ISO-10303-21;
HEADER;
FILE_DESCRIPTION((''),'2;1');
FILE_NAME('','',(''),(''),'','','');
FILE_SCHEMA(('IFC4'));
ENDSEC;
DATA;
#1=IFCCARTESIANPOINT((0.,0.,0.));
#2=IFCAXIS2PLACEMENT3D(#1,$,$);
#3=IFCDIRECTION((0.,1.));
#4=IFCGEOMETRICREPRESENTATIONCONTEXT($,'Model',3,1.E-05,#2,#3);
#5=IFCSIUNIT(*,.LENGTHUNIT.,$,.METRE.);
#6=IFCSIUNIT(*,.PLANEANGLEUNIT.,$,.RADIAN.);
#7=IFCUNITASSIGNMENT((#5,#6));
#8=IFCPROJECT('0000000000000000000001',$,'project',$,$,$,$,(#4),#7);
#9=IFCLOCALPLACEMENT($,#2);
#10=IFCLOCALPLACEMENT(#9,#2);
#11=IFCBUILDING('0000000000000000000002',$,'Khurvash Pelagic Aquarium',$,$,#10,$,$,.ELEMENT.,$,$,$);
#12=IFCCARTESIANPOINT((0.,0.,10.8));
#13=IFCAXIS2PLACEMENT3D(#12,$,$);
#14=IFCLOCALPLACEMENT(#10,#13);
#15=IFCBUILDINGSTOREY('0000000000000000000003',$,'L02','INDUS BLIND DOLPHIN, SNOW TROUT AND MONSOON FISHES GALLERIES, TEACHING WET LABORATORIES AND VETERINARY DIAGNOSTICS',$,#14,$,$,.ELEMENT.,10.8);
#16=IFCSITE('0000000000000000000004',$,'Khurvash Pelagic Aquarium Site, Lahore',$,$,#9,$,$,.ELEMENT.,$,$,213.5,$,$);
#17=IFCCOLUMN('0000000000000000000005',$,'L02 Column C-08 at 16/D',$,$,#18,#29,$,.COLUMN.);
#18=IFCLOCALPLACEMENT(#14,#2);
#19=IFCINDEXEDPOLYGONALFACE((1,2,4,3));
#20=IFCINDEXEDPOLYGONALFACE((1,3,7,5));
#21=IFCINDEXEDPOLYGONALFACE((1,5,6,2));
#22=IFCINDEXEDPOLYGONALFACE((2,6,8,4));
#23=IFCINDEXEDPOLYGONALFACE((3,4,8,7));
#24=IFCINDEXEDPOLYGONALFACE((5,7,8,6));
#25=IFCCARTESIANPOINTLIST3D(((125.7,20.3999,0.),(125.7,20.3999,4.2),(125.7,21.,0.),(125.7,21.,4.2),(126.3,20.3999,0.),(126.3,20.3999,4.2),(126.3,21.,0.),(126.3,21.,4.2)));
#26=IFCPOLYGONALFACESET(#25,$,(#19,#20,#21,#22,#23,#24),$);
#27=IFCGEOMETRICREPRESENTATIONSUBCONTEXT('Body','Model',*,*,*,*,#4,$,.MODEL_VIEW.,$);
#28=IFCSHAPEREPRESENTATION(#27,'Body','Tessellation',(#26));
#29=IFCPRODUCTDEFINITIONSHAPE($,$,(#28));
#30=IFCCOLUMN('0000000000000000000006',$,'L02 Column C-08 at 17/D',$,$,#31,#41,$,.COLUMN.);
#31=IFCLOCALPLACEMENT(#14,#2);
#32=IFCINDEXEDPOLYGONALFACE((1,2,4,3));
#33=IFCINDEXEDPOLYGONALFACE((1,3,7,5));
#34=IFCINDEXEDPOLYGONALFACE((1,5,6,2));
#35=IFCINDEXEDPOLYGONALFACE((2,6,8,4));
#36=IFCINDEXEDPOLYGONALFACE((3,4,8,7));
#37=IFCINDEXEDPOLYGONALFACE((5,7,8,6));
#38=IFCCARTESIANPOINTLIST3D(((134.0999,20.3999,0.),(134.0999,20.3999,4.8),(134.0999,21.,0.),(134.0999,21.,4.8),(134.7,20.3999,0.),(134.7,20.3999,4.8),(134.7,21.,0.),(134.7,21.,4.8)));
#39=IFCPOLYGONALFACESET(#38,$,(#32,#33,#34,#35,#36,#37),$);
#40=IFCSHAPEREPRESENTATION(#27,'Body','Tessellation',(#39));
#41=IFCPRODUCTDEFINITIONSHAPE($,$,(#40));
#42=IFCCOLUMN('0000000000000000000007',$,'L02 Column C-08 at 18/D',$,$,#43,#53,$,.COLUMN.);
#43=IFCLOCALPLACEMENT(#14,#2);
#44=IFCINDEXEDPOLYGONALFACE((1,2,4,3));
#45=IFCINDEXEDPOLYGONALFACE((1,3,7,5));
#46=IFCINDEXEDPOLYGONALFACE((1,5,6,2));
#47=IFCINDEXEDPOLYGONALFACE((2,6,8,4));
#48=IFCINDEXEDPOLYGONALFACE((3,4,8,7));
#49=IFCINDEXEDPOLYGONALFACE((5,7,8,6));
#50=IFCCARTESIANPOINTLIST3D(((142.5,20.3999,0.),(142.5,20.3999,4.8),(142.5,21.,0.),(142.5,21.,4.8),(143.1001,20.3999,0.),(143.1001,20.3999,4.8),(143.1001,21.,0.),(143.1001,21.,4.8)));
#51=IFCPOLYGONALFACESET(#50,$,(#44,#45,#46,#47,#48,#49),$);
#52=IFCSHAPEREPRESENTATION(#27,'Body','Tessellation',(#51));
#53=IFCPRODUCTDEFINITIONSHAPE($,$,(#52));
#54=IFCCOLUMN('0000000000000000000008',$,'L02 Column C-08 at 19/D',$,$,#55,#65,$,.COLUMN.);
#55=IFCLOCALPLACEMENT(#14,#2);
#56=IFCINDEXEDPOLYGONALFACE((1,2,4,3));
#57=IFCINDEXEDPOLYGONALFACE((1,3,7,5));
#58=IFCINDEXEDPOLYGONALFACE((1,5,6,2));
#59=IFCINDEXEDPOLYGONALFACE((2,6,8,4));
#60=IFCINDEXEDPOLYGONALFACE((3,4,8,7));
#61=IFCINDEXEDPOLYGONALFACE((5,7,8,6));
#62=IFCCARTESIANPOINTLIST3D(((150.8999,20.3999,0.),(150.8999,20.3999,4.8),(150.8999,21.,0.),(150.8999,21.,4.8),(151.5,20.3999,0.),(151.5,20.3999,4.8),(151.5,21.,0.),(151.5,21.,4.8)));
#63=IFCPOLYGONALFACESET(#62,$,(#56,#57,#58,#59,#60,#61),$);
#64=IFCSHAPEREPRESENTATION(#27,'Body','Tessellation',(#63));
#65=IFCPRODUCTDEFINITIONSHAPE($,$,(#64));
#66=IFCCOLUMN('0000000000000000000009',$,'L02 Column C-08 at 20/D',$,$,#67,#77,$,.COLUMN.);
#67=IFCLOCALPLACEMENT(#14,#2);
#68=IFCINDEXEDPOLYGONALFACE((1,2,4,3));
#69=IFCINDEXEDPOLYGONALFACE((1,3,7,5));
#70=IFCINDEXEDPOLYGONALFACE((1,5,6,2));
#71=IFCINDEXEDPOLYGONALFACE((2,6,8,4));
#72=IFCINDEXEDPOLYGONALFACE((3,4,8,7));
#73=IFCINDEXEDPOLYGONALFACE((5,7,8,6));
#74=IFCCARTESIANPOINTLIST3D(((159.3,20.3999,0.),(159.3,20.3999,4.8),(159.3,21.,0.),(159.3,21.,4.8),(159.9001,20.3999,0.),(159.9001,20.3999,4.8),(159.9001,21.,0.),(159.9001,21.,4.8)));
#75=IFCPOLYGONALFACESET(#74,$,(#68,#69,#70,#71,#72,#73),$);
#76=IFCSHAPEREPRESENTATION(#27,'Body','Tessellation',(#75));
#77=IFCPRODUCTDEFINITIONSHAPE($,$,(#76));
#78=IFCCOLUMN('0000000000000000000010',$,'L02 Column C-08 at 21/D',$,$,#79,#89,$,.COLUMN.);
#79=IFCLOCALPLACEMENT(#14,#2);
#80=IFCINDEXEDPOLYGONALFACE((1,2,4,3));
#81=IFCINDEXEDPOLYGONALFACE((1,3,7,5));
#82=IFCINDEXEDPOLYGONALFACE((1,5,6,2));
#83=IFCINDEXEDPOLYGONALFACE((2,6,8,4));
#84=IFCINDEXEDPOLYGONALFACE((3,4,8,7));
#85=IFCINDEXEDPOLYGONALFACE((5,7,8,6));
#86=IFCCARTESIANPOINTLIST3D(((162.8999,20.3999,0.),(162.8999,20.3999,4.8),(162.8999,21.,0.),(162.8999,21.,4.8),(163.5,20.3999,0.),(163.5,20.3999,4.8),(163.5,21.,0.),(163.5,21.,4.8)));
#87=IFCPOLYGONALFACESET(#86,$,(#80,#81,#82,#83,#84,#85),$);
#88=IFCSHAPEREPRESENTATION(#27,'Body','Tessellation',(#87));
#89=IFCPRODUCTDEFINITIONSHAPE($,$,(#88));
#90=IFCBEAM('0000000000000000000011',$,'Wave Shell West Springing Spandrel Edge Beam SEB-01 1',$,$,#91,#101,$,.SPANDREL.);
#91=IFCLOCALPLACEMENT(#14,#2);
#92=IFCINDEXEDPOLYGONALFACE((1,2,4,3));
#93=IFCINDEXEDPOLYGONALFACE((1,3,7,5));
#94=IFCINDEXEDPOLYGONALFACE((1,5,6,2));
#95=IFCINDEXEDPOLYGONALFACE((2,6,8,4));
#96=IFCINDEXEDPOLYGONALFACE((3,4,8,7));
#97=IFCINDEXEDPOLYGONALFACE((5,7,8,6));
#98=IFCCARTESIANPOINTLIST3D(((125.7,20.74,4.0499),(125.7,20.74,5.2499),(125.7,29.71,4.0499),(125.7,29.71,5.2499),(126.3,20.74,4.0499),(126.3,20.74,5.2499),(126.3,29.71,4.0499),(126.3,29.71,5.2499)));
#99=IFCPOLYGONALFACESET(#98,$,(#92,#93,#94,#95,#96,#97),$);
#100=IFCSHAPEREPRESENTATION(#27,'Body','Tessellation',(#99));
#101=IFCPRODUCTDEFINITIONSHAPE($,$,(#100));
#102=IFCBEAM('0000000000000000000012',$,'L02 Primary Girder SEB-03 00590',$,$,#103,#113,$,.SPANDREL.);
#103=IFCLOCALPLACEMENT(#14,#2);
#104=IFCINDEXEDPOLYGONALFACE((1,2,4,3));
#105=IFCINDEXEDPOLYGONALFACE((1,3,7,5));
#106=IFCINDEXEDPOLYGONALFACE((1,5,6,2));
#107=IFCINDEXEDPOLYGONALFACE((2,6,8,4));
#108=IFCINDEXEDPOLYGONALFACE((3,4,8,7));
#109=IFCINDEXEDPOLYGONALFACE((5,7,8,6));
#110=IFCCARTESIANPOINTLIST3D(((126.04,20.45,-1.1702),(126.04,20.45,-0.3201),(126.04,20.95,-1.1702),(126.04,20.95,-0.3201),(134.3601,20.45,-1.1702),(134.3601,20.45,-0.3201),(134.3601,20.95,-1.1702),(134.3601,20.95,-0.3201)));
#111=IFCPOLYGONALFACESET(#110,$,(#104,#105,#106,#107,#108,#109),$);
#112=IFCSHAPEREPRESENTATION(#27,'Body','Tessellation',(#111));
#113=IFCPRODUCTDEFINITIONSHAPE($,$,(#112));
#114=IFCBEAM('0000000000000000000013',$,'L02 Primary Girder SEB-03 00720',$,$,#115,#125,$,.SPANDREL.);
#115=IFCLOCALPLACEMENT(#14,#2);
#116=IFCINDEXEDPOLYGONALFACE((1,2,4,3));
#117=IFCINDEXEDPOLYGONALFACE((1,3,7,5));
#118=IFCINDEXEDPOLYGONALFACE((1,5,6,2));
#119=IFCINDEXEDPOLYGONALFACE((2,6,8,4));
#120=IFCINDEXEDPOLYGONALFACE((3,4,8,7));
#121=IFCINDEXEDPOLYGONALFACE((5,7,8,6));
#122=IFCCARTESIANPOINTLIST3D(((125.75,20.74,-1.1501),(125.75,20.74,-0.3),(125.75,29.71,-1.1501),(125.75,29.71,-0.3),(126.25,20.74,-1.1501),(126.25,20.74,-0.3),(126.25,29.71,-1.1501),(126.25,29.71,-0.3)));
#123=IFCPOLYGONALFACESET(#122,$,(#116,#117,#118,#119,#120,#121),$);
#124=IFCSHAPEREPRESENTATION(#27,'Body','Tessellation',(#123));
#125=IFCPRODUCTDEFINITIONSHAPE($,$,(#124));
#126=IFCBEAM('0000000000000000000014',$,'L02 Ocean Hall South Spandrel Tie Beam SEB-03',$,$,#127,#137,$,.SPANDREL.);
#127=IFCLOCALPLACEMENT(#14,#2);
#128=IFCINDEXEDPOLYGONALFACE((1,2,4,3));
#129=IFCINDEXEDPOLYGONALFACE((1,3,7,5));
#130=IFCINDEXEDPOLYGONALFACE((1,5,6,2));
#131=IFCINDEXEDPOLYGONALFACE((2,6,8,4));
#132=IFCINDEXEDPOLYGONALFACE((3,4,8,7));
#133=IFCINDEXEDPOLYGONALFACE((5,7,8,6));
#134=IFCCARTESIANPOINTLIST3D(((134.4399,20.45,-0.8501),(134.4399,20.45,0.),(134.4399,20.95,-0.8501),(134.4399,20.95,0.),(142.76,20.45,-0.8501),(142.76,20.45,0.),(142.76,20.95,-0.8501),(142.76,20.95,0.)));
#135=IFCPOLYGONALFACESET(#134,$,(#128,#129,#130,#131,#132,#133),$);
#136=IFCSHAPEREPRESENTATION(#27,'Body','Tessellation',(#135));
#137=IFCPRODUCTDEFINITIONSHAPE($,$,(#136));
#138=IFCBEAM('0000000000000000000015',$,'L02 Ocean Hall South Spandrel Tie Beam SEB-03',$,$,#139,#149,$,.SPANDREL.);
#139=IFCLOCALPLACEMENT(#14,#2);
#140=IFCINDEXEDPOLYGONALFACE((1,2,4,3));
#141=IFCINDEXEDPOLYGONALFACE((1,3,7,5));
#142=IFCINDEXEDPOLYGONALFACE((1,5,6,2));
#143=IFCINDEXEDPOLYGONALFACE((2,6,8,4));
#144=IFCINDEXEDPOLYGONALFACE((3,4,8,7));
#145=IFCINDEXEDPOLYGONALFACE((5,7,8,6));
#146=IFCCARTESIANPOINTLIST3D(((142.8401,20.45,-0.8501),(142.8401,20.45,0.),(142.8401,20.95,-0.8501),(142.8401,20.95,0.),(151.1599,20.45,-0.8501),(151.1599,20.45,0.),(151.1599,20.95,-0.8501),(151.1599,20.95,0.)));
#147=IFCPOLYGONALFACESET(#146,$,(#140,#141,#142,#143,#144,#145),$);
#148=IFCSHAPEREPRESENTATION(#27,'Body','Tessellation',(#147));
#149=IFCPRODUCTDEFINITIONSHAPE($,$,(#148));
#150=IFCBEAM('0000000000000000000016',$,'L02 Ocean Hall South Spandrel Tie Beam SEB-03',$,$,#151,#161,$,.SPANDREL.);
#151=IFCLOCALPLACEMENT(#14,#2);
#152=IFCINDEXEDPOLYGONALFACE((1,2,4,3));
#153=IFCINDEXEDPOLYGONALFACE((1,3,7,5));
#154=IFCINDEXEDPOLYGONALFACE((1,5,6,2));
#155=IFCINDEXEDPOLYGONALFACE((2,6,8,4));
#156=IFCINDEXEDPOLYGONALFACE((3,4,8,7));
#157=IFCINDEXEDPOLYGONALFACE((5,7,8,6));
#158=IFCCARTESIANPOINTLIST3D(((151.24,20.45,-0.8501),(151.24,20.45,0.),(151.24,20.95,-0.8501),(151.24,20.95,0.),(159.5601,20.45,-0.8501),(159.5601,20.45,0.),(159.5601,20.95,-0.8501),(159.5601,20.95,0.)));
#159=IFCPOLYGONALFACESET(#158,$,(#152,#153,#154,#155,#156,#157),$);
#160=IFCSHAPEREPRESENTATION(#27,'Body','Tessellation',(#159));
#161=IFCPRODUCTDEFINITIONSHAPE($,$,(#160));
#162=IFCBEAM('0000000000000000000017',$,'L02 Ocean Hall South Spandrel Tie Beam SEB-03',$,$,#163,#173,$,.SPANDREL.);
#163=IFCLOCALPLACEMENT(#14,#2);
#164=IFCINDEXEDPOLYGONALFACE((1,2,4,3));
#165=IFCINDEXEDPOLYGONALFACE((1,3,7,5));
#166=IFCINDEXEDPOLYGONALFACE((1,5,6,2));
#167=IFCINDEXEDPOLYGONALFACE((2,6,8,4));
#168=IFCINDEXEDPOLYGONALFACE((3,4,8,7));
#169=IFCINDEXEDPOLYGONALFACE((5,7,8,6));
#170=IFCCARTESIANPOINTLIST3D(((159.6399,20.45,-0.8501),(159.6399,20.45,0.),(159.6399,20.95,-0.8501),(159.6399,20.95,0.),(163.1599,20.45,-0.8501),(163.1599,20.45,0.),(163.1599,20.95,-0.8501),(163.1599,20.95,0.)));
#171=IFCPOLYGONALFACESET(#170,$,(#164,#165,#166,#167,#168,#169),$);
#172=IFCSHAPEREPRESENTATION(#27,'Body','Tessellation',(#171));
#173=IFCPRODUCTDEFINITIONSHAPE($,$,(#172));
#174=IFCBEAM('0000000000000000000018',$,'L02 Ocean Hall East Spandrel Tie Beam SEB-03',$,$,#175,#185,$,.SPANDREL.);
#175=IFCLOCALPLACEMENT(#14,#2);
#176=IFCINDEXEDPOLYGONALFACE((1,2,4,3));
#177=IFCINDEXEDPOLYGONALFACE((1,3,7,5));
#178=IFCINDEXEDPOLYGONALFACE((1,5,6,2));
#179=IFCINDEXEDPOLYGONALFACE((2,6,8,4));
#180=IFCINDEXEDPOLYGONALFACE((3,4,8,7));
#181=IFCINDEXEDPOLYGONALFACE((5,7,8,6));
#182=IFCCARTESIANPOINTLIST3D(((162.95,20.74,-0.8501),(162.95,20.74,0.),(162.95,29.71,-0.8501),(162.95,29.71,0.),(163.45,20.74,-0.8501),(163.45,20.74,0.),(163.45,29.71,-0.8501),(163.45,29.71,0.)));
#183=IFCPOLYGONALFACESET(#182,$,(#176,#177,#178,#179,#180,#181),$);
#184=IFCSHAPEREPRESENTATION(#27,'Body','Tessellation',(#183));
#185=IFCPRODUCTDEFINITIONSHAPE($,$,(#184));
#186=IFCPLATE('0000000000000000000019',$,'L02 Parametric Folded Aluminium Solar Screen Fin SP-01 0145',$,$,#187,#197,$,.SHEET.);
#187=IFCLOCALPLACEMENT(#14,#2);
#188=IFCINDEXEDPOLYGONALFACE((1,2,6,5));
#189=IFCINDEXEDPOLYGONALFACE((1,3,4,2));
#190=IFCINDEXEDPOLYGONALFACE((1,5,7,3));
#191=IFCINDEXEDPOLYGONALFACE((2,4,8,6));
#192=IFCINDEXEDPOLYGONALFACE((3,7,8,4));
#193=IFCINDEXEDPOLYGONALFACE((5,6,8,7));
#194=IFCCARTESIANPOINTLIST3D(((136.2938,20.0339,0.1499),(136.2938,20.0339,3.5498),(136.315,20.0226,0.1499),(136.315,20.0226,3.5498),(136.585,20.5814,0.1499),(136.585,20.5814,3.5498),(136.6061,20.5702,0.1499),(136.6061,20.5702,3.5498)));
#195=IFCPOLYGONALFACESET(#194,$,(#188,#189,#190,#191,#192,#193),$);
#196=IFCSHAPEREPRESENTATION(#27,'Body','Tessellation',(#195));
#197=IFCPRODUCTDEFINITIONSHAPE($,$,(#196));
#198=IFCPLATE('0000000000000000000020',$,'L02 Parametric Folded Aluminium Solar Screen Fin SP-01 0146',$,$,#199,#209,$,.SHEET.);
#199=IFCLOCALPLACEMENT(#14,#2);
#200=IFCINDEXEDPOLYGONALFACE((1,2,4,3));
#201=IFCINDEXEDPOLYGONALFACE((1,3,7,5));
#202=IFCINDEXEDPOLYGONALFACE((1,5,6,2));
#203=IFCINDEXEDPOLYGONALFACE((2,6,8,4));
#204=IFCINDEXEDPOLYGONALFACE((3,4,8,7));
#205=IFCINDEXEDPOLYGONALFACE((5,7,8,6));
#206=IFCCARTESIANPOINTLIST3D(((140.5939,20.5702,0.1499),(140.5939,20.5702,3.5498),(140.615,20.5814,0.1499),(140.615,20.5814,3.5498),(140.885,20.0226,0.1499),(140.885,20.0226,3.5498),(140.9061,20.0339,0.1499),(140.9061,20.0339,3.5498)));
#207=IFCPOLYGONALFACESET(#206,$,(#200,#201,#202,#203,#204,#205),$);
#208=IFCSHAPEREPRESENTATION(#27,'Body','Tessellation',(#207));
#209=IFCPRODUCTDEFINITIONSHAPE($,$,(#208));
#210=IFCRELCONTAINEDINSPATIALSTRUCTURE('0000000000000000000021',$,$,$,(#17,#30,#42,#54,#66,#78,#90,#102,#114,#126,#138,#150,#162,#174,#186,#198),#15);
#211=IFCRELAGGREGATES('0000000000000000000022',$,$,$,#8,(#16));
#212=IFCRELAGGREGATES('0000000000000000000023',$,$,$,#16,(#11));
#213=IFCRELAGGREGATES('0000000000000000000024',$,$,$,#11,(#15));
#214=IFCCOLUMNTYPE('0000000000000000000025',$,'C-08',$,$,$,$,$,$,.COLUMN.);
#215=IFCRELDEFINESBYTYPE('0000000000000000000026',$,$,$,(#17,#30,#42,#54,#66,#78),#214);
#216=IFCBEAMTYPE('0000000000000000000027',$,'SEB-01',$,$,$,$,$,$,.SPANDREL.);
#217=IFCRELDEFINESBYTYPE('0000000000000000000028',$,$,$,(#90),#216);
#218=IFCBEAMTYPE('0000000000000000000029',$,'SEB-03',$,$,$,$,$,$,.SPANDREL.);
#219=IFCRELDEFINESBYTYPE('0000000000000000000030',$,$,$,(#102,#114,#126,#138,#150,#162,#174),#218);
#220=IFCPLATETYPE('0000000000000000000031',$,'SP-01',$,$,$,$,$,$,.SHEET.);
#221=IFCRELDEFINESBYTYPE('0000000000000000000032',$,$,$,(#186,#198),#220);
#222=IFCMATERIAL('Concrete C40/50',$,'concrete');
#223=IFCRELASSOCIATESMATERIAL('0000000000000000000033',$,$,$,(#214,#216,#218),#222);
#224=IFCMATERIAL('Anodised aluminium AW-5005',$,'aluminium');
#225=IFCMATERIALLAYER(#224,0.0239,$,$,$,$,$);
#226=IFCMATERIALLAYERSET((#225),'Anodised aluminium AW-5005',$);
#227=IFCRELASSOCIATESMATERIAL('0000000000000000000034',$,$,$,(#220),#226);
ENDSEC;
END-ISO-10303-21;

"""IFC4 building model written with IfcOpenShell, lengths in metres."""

from ifc_helpers import new_model, si_unit, direction, frame, origin, origin_2d, place, context, subcontext, project, spatial, rectangle, extrude, material, layer, layer_set, material_profile, profile_set, type_object, element, save


model = new_model("IFC4")

# Units and contexts
model_context = context("Model", 3, precision=1e-05, world=origin(), true_north=direction((0.0, 1.0)))
body_context = subcontext(model_context, "Body", "Model", "MODEL_VIEW")
ifc_project = project(units=[si_unit("LENGTHUNIT", "METRE"), si_unit("PLANEANGLEUNIT", "RADIAN")], contexts=[model_context])

# Site, building, storey
site_placement = place(None, origin())
site = spatial("IfcSite", under=ifc_project, at=site_placement, Name="Khurvash Pelagic Aquarium Site, Lahore", CompositionType="ELEMENT", RefElevation=213.5)
building_placement = place(site_placement, origin())
building = spatial("IfcBuilding", under=site, at=building_placement, Name="Khurvash Pelagic Aquarium", CompositionType="ELEMENT")
storey_placement = place(building_placement, frame((0.0, 0.0, 10.8)))
storey = spatial("IfcBuildingStorey", under=building, at=storey_placement, Name="L02", Description="INDUS BLIND DOLPHIN, SNOW TROUT AND MONSOON FISHES GALLERIES, TEACHING WET LABORATORIES AND VETERINARY DIAGNOSTICS", CompositionType="ELEMENT", Elevation=10.8)

# Columns
ifc_material_1 = material(Name="Concrete C40/50", Category="concrete")
ifc_material_profile_1 = material_profile(ifc_material_1, rectangle(XDim=0.6001, YDim=0.6001, at=origin_2d()), Name="RC600X600")
ifc_profile_set_1 = profile_set([ifc_material_profile_1], Name="Concrete C40/50")
column_type = type_object("IfcColumnType", Name="C-08", PredefinedType="COLUMN", material=ifc_profile_set_1)
column_placement = place(storey_placement, frame((126.0, 20.7, 0.0), z_axis=(0.0, 0.0, 1.0), x_axis=(1.0, 0.0, 0.0)))
element("IfcColumn", 1, at=column_placement, inside=storey, type_object=column_type, Name="L02 Column C-08 at 16/D", PredefinedType="COLUMN", context=body_context, shape_type="SweptSolid", body=[
    extrude(rectangle(XDim=0.6001, YDim=0.6001, at=origin_2d()), origin(), (0.0, 0.0, 1.0), 4.2),
])
for number, where, z_axis, x_axis, name in (
    (2, (134.3999, 20.7, 0.0), (0.0, 0.0, 1.0), (1.0, 0.0, 0.0), "L02 Column C-08 at 17/D"),
    (3, (142.8, 20.7, 0.0), (0.0, 0.0, 1.0), (1.0, 0.0, 0.0), "L02 Column C-08 at 18/D"),
    (4, (151.2, 20.7, 0.0), (0.0, 0.0, 1.0), (1.0, 0.0, 0.0), "L02 Column C-08 at 19/D"),
    (5, (159.6001, 20.7, 0.0), (0.0, 0.0, 1.0), (1.0, 0.0, 0.0), "L02 Column C-08 at 20/D"),
    (6, (163.2, 20.7, 0.0), (0.0, 0.0, 1.0), (1.0, 0.0, 0.0), "L02 Column C-08 at 21/D"),
):
    element("IfcColumn", number, at=place(storey_placement, frame(where, z_axis=z_axis, x_axis=x_axis)), inside=storey, type_object=column_type, Name=name, PredefinedType="COLUMN", context=body_context, shape_type="SweptSolid", body=[
        extrude(rectangle(XDim=0.6001, YDim=0.6001, at=origin_2d()), origin(), (0.0, 0.0, 1.0), 4.8),
    ])

# Beams
ifc_material_profile_2 = material_profile(ifc_material_1, rectangle(XDim=0.6001, YDim=1.2, at=origin_2d()), Name="RC600X1200")
ifc_profile_set_2 = profile_set([ifc_material_profile_2], Name="Concrete C40/50")
beam_type_1 = type_object("IfcBeamType", Name="SEB-01", PredefinedType="SPANDREL", material=ifc_profile_set_2)
beam_1_placement = place(storey_placement, frame((126.0, 20.74, 4.6499), z_axis=(0.0, 1.0, 0.0), x_axis=(-1.0, 0.0, 0.0)))
element("IfcBeam", 7, at=beam_1_placement, inside=storey, type_object=beam_type_1, Name="Wave Shell West Springing Spandrel Edge Beam SEB-01 1", PredefinedType="SPANDREL", context=body_context, shape_type="SweptSolid", body=[
    extrude(rectangle(XDim=0.6001, YDim=1.2, at=origin_2d()), origin(), (0.0, 0.0, 1.0), 8.97),
])
ifc_material_profile_3 = material_profile(ifc_material_1, rectangle(XDim=0.5, YDim=0.8501, at=origin_2d()), Name="RC500X850")
ifc_profile_set_3 = profile_set([ifc_material_profile_3], Name="Concrete C40/50")
beam_type_2 = type_object("IfcBeamType", Name="SEB-03", PredefinedType="SPANDREL", material=ifc_profile_set_3)
beam_2_placement = place(storey_placement, frame((126.04, 20.7, -0.7451), z_axis=(1.0, 0.0, 0.0), x_axis=(0.0, 1.0, 0.0)))
element("IfcBeam", 8, at=beam_2_placement, inside=storey, type_object=beam_type_2, Name="L02 Primary Girder SEB-03 00590", PredefinedType="SPANDREL", context=body_context, shape_type="SweptSolid", body=[
    extrude(rectangle(XDim=0.5, YDim=0.8501, at=origin_2d()), origin(), (0.0, 0.0, 1.0), 8.3201),
])
beam_3_placement = place(storey_placement, frame((126.0, 20.74, -0.7251), z_axis=(0.0, 1.0, 0.0), x_axis=(-1.0, 0.0, 0.0)))
element("IfcBeam", 9, at=beam_3_placement, inside=storey, type_object=beam_type_2, Name="L02 Primary Girder SEB-03 00720", PredefinedType="SPANDREL", context=body_context, shape_type="SweptSolid", body=[
    extrude(rectangle(XDim=0.5, YDim=0.8501, at=origin_2d()), origin(), (0.0, 0.0, 1.0), 8.97),
])
beam_4_placement = place(storey_placement, frame((134.4399, 20.7, -0.425), z_axis=(1.0, 0.0, 0.0), x_axis=(0.0, 1.0, 0.0)))
element("IfcBeam", 10, at=beam_4_placement, inside=storey, type_object=beam_type_2, Name="L02 Ocean Hall South Spandrel Tie Beam SEB-03", PredefinedType="SPANDREL", context=body_context, shape_type="SweptSolid", body=[
    extrude(rectangle(XDim=0.5, YDim=0.8501, at=origin_2d()), origin(), (0.0, 0.0, 1.0), 8.3201),
])
beam_5_placement = place(storey_placement, frame((142.8401, 20.7, -0.425), z_axis=(1.0, 0.0, 0.0), x_axis=(0.0, 1.0, 0.0)))
element("IfcBeam", 11, at=beam_5_placement, inside=storey, type_object=beam_type_2, Name="L02 Ocean Hall South Spandrel Tie Beam SEB-03", PredefinedType="SPANDREL", context=body_context, shape_type="SweptSolid", body=[
    extrude(rectangle(XDim=0.5, YDim=0.8501, at=origin_2d()), origin(), (0.0, 0.0, 1.0), 8.3198),
])
beam_6_placement = place(storey_placement, frame((151.24, 20.7, -0.425), z_axis=(1.0, 0.0, 0.0), x_axis=(0.0, 1.0, 0.0)))
element("IfcBeam", 12, at=beam_6_placement, inside=storey, type_object=beam_type_2, Name="L02 Ocean Hall South Spandrel Tie Beam SEB-03", PredefinedType="SPANDREL", context=body_context, shape_type="SweptSolid", body=[
    extrude(rectangle(XDim=0.5, YDim=0.8501, at=origin_2d()), origin(), (0.0, 0.0, 1.0), 8.3201),
])
beam_7_placement = place(storey_placement, frame((159.6399, 20.7, -0.425), z_axis=(1.0, 0.0, 0.0), x_axis=(0.0, 1.0, 0.0)))
element("IfcBeam", 13, at=beam_7_placement, inside=storey, type_object=beam_type_2, Name="L02 Ocean Hall South Spandrel Tie Beam SEB-03", PredefinedType="SPANDREL", context=body_context, shape_type="SweptSolid", body=[
    extrude(rectangle(XDim=0.5, YDim=0.8501, at=origin_2d()), origin(), (0.0, 0.0, 1.0), 3.52),
])
beam_8_placement = place(storey_placement, frame((163.2, 20.74, -0.425), z_axis=(0.0, 1.0, 0.0), x_axis=(-1.0, 0.0, 0.0)))
element("IfcBeam", 14, at=beam_8_placement, inside=storey, type_object=beam_type_2, Name="L02 Ocean Hall East Spandrel Tie Beam SEB-03", PredefinedType="SPANDREL", context=body_context, shape_type="SweptSolid", body=[
    extrude(rectangle(XDim=0.5, YDim=0.8501, at=origin_2d()), origin(), (0.0, 0.0, 1.0), 8.97),
])

# Plates
ifc_material_2 = material(Name="Anodised aluminium AW-5005", Category="aluminium")
ifc_layer_1 = layer(ifc_material_2, 0.0239)
ifc_layer_set_1 = layer_set([ifc_layer_1], Name="Anodised aluminium AW-5005")
plate_type = type_object("IfcPlateType", Name="SP-01", PredefinedType="SHEET", material=ifc_layer_set_1)
for number, where, z_axis, x_axis, name in (
    (15, (136.45, 20.302, 0.1499), (0.0, 0.0, 1.0), (-0.469472, -0.882948, 0.0), "L02 Parametric Folded Aluminium Solar Screen Fin SP-01 0145"),
    (16, (140.75, 20.302, 0.1499), (0.0, 0.0, 1.0), (0.469472, -0.882948, 0.0), "L02 Parametric Folded Aluminium Solar Screen Fin SP-01 0146"),
):
    element("IfcPlate", number, at=place(storey_placement, frame(where, z_axis=z_axis, x_axis=x_axis)), inside=storey, type_object=plate_type, Name=name, PredefinedType="SHEET", context=body_context, shape_type="SweptSolid", body=[
        extrude(rectangle(XDim=0.6201, YDim=0.0239, at=origin_2d()), origin(), (0.0, 0.0, 1.0), 3.3999),
    ])

save(model, "model.ifc")
